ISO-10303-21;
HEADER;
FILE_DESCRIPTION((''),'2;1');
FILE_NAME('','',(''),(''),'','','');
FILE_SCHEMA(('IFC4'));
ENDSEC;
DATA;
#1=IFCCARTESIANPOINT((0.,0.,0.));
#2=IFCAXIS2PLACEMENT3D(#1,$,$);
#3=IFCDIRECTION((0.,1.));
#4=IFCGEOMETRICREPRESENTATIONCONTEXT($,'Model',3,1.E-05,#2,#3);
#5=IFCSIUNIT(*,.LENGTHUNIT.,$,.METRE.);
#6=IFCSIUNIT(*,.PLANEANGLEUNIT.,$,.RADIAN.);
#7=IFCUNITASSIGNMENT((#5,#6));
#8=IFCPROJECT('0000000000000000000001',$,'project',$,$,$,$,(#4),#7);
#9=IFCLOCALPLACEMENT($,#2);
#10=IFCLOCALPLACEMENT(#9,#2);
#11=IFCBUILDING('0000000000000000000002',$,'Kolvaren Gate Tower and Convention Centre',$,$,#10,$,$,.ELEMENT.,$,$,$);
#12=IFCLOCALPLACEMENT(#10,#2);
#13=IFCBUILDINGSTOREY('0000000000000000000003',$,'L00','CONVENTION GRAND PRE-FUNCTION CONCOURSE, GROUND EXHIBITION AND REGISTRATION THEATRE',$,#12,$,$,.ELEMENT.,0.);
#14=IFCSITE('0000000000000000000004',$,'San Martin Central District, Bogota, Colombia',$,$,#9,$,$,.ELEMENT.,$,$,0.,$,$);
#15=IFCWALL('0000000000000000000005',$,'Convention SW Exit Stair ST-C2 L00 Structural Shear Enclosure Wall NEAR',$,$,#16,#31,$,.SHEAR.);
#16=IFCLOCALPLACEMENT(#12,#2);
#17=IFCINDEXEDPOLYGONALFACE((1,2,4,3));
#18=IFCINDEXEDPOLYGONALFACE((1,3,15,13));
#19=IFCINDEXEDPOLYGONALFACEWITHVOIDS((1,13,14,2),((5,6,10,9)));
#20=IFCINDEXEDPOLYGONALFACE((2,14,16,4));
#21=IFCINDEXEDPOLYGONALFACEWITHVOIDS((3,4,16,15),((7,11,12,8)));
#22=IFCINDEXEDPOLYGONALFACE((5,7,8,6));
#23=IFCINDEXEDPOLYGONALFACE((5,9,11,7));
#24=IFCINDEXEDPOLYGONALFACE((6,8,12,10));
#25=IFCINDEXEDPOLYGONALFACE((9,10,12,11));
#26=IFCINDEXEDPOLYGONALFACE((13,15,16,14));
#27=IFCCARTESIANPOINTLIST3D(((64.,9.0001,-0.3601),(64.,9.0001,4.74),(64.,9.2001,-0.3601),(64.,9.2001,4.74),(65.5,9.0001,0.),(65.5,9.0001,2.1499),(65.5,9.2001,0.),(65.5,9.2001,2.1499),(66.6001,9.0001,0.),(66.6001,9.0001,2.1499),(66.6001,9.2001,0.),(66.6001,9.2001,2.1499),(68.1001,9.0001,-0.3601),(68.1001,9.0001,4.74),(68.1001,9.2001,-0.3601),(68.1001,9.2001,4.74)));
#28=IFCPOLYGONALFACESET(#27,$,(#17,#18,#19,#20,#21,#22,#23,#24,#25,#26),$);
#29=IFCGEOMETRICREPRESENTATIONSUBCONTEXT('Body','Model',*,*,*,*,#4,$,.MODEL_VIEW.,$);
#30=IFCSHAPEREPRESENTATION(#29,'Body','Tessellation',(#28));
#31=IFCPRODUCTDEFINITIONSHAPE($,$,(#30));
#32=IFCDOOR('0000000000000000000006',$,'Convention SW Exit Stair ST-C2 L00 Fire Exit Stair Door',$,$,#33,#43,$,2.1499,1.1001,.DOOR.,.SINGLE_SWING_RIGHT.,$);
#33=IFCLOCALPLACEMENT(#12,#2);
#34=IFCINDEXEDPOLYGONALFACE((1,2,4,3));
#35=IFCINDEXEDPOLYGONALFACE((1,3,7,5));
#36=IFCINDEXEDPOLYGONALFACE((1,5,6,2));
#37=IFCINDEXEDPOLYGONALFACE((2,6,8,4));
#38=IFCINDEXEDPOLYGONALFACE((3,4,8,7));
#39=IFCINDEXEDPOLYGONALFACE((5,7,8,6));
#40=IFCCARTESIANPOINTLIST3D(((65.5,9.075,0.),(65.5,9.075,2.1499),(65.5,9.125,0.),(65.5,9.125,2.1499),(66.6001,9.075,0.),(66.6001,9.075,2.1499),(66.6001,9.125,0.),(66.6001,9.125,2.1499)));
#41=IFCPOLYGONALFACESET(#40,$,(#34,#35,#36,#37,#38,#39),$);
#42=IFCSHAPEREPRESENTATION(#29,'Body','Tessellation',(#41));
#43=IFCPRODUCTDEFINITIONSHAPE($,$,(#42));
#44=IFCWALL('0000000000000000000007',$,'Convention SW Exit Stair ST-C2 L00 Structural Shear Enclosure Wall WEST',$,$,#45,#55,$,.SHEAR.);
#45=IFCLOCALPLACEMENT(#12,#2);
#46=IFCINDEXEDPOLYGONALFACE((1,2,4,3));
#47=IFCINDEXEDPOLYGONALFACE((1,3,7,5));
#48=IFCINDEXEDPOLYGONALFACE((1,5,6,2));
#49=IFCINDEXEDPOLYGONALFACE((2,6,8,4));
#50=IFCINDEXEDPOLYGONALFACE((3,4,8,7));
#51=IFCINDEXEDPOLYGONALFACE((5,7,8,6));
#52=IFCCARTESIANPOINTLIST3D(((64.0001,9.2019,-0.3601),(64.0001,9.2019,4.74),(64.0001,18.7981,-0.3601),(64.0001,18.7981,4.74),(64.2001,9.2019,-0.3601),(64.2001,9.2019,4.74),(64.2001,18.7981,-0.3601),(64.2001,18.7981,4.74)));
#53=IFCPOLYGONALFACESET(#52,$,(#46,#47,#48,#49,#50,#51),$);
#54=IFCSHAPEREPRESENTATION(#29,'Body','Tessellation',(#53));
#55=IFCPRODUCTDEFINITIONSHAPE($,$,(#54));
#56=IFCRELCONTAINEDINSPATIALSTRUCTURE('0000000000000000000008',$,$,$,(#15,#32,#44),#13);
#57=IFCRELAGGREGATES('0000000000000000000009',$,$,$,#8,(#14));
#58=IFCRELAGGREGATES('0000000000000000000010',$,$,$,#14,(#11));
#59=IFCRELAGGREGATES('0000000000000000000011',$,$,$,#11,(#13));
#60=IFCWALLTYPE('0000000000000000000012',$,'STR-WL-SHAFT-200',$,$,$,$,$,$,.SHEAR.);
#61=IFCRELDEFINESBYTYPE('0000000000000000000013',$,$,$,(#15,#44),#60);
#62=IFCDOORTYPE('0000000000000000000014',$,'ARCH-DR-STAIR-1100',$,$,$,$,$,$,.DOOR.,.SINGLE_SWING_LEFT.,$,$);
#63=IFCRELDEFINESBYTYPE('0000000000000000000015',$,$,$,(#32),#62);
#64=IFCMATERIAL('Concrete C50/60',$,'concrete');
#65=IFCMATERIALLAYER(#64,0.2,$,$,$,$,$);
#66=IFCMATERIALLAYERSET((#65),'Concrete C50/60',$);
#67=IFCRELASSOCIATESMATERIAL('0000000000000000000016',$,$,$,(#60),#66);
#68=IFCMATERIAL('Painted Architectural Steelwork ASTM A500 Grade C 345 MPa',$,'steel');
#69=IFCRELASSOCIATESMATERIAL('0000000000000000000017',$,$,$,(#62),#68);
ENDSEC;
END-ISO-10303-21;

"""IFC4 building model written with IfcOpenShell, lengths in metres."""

from ifc_helpers import new_model, si_unit, direction, frame, frame_2d, origin, place, context, subcontext, project, spatial, rectangle, extrude, material, layer, layer_set, type_object, element, fill, save


model = new_model("IFC4")

# Units and contexts
model_context = context("Model", 3, precision=1e-05, world=origin(), true_north=direction((0.0, 1.0)))
body_context = subcontext(model_context, "Body", "Model", "MODEL_VIEW")
ifc_project = project(units=[si_unit("LENGTHUNIT", "METRE"), si_unit("PLANEANGLEUNIT", "RADIAN")], contexts=[model_context])

# Site, building, storey
site_placement = place(None, origin())
site = spatial("IfcSite", under=ifc_project, at=site_placement, Name="San Martin Central District, Bogota, Colombia", CompositionType="ELEMENT", RefElevation=0.0)
building_placement = place(site_placement, origin())
building = spatial("IfcBuilding", under=site, at=building_placement, Name="Kolvaren Gate Tower and Convention Centre", CompositionType="ELEMENT")
storey_placement = place(building_placement, origin())
storey = spatial("IfcBuildingStorey", under=building, at=storey_placement, Name="L00", Description="CONVENTION GRAND PRE-FUNCTION CONCOURSE, GROUND EXHIBITION AND REGISTRATION THEATRE", CompositionType="ELEMENT", Elevation=0.0)

# Shared definitions
ifc_material_1 = material(Name="Concrete C50/60", Category="concrete")

# Wall, opening, door
ifc_layer_1 = layer(ifc_material_1, 0.2)
ifc_layer_set_1 = layer_set([ifc_layer_1], Name="Concrete C50/60")
wall_type_1 = type_object("IfcWallType", Name="STR-WL-SHAFT-200", PredefinedType="SHEAR", material=ifc_layer_set_1)
wall_1_placement = place(storey_placement, frame((64.0, 9.1001, -0.3601), z_axis=(0.0, 0.0, 1.0), x_axis=(1.0, 0.0, 0.0)))
wall_1 = element("IfcWall", 1, at=wall_1_placement, inside=storey, type_object=wall_type_1, Name="Convention SW Exit Stair ST-C2 L00 Structural Shear Enclosure Wall NEAR", PredefinedType="SHEAR", context=body_context, shape_type="SweptSolid", body=[
    extrude(rectangle(XDim=4.1001, YDim=0.2, at=frame_2d((2.05, 0.0))), origin(), (0.0, 0.0, 1.0), 5.1001),
])
opening_1_placement = place(wall_1_placement, frame((1.5, 0.0, 0.3601)))
opening_1 = element("IfcOpeningElement", 2, at=opening_1_placement, cuts=wall_1, PredefinedType="OPENING", context=body_context, shape_type="SweptSolid", body=[
    extrude(rectangle(XDim=1.1001, YDim=2.1499, at=frame_2d((0.55, 1.075))), frame((0.0, 0.1099, 0.0), z_axis=(0.0, -1.0, 0.0), x_axis=(1.0, 0.0, 0.0)), (0.0, 0.0, 1.0), 0.22),
])
ifc_material_2 = material(Name="Painted Architectural Steelwork ASTM A500 Grade C 345 MPa", Category="steel")
door_type_1 = type_object("IfcDoorType", Name="ARCH-DR-STAIR-1100", OperationType="SINGLE_SWING_LEFT", PredefinedType="DOOR", material=ifc_material_2)
door_1_placement = place(opening_1_placement, origin())
door_1 = element("IfcDoor", 3, at=door_1_placement, inside=storey, type_object=door_type_1, Name="Convention SW Exit Stair ST-C2 L00 Fire Exit Stair Door", OperationType="SINGLE_SWING_RIGHT", OverallHeight=2.1499, OverallWidth=1.1001, PredefinedType="DOOR", context=body_context, shape_type="SweptSolid", body=[
    extrude(rectangle(XDim=1.1001, YDim=2.1499, at=frame_2d((0.55, 1.075))), frame((0.0, 0.0249, 0.0), z_axis=(0.0, -1.0, 0.0), x_axis=(1.0, 0.0, 0.0)), (0.0, 0.0, 1.0), 0.05),
])
fill(opening_1, door_1)

# Wall
wall_2_placement = place(storey_placement, frame((64.1001, 9.2019, -0.3601), z_axis=(0.0, 0.0, 1.0), x_axis=(0.0, 1.0, 0.0)))
element("IfcWall", 4, at=wall_2_placement, inside=storey, type_object=wall_type_1, Name="Convention SW Exit Stair ST-C2 L00 Structural Shear Enclosure Wall WEST", PredefinedType="SHEAR", context=body_context, shape_type="SweptSolid", body=[
    extrude(rectangle(XDim=9.5962, YDim=0.2, at=frame_2d((4.7981, 0.0))), origin(), (0.0, 0.0, 1.0), 5.1001),
])

save(model, "model.ifc")
